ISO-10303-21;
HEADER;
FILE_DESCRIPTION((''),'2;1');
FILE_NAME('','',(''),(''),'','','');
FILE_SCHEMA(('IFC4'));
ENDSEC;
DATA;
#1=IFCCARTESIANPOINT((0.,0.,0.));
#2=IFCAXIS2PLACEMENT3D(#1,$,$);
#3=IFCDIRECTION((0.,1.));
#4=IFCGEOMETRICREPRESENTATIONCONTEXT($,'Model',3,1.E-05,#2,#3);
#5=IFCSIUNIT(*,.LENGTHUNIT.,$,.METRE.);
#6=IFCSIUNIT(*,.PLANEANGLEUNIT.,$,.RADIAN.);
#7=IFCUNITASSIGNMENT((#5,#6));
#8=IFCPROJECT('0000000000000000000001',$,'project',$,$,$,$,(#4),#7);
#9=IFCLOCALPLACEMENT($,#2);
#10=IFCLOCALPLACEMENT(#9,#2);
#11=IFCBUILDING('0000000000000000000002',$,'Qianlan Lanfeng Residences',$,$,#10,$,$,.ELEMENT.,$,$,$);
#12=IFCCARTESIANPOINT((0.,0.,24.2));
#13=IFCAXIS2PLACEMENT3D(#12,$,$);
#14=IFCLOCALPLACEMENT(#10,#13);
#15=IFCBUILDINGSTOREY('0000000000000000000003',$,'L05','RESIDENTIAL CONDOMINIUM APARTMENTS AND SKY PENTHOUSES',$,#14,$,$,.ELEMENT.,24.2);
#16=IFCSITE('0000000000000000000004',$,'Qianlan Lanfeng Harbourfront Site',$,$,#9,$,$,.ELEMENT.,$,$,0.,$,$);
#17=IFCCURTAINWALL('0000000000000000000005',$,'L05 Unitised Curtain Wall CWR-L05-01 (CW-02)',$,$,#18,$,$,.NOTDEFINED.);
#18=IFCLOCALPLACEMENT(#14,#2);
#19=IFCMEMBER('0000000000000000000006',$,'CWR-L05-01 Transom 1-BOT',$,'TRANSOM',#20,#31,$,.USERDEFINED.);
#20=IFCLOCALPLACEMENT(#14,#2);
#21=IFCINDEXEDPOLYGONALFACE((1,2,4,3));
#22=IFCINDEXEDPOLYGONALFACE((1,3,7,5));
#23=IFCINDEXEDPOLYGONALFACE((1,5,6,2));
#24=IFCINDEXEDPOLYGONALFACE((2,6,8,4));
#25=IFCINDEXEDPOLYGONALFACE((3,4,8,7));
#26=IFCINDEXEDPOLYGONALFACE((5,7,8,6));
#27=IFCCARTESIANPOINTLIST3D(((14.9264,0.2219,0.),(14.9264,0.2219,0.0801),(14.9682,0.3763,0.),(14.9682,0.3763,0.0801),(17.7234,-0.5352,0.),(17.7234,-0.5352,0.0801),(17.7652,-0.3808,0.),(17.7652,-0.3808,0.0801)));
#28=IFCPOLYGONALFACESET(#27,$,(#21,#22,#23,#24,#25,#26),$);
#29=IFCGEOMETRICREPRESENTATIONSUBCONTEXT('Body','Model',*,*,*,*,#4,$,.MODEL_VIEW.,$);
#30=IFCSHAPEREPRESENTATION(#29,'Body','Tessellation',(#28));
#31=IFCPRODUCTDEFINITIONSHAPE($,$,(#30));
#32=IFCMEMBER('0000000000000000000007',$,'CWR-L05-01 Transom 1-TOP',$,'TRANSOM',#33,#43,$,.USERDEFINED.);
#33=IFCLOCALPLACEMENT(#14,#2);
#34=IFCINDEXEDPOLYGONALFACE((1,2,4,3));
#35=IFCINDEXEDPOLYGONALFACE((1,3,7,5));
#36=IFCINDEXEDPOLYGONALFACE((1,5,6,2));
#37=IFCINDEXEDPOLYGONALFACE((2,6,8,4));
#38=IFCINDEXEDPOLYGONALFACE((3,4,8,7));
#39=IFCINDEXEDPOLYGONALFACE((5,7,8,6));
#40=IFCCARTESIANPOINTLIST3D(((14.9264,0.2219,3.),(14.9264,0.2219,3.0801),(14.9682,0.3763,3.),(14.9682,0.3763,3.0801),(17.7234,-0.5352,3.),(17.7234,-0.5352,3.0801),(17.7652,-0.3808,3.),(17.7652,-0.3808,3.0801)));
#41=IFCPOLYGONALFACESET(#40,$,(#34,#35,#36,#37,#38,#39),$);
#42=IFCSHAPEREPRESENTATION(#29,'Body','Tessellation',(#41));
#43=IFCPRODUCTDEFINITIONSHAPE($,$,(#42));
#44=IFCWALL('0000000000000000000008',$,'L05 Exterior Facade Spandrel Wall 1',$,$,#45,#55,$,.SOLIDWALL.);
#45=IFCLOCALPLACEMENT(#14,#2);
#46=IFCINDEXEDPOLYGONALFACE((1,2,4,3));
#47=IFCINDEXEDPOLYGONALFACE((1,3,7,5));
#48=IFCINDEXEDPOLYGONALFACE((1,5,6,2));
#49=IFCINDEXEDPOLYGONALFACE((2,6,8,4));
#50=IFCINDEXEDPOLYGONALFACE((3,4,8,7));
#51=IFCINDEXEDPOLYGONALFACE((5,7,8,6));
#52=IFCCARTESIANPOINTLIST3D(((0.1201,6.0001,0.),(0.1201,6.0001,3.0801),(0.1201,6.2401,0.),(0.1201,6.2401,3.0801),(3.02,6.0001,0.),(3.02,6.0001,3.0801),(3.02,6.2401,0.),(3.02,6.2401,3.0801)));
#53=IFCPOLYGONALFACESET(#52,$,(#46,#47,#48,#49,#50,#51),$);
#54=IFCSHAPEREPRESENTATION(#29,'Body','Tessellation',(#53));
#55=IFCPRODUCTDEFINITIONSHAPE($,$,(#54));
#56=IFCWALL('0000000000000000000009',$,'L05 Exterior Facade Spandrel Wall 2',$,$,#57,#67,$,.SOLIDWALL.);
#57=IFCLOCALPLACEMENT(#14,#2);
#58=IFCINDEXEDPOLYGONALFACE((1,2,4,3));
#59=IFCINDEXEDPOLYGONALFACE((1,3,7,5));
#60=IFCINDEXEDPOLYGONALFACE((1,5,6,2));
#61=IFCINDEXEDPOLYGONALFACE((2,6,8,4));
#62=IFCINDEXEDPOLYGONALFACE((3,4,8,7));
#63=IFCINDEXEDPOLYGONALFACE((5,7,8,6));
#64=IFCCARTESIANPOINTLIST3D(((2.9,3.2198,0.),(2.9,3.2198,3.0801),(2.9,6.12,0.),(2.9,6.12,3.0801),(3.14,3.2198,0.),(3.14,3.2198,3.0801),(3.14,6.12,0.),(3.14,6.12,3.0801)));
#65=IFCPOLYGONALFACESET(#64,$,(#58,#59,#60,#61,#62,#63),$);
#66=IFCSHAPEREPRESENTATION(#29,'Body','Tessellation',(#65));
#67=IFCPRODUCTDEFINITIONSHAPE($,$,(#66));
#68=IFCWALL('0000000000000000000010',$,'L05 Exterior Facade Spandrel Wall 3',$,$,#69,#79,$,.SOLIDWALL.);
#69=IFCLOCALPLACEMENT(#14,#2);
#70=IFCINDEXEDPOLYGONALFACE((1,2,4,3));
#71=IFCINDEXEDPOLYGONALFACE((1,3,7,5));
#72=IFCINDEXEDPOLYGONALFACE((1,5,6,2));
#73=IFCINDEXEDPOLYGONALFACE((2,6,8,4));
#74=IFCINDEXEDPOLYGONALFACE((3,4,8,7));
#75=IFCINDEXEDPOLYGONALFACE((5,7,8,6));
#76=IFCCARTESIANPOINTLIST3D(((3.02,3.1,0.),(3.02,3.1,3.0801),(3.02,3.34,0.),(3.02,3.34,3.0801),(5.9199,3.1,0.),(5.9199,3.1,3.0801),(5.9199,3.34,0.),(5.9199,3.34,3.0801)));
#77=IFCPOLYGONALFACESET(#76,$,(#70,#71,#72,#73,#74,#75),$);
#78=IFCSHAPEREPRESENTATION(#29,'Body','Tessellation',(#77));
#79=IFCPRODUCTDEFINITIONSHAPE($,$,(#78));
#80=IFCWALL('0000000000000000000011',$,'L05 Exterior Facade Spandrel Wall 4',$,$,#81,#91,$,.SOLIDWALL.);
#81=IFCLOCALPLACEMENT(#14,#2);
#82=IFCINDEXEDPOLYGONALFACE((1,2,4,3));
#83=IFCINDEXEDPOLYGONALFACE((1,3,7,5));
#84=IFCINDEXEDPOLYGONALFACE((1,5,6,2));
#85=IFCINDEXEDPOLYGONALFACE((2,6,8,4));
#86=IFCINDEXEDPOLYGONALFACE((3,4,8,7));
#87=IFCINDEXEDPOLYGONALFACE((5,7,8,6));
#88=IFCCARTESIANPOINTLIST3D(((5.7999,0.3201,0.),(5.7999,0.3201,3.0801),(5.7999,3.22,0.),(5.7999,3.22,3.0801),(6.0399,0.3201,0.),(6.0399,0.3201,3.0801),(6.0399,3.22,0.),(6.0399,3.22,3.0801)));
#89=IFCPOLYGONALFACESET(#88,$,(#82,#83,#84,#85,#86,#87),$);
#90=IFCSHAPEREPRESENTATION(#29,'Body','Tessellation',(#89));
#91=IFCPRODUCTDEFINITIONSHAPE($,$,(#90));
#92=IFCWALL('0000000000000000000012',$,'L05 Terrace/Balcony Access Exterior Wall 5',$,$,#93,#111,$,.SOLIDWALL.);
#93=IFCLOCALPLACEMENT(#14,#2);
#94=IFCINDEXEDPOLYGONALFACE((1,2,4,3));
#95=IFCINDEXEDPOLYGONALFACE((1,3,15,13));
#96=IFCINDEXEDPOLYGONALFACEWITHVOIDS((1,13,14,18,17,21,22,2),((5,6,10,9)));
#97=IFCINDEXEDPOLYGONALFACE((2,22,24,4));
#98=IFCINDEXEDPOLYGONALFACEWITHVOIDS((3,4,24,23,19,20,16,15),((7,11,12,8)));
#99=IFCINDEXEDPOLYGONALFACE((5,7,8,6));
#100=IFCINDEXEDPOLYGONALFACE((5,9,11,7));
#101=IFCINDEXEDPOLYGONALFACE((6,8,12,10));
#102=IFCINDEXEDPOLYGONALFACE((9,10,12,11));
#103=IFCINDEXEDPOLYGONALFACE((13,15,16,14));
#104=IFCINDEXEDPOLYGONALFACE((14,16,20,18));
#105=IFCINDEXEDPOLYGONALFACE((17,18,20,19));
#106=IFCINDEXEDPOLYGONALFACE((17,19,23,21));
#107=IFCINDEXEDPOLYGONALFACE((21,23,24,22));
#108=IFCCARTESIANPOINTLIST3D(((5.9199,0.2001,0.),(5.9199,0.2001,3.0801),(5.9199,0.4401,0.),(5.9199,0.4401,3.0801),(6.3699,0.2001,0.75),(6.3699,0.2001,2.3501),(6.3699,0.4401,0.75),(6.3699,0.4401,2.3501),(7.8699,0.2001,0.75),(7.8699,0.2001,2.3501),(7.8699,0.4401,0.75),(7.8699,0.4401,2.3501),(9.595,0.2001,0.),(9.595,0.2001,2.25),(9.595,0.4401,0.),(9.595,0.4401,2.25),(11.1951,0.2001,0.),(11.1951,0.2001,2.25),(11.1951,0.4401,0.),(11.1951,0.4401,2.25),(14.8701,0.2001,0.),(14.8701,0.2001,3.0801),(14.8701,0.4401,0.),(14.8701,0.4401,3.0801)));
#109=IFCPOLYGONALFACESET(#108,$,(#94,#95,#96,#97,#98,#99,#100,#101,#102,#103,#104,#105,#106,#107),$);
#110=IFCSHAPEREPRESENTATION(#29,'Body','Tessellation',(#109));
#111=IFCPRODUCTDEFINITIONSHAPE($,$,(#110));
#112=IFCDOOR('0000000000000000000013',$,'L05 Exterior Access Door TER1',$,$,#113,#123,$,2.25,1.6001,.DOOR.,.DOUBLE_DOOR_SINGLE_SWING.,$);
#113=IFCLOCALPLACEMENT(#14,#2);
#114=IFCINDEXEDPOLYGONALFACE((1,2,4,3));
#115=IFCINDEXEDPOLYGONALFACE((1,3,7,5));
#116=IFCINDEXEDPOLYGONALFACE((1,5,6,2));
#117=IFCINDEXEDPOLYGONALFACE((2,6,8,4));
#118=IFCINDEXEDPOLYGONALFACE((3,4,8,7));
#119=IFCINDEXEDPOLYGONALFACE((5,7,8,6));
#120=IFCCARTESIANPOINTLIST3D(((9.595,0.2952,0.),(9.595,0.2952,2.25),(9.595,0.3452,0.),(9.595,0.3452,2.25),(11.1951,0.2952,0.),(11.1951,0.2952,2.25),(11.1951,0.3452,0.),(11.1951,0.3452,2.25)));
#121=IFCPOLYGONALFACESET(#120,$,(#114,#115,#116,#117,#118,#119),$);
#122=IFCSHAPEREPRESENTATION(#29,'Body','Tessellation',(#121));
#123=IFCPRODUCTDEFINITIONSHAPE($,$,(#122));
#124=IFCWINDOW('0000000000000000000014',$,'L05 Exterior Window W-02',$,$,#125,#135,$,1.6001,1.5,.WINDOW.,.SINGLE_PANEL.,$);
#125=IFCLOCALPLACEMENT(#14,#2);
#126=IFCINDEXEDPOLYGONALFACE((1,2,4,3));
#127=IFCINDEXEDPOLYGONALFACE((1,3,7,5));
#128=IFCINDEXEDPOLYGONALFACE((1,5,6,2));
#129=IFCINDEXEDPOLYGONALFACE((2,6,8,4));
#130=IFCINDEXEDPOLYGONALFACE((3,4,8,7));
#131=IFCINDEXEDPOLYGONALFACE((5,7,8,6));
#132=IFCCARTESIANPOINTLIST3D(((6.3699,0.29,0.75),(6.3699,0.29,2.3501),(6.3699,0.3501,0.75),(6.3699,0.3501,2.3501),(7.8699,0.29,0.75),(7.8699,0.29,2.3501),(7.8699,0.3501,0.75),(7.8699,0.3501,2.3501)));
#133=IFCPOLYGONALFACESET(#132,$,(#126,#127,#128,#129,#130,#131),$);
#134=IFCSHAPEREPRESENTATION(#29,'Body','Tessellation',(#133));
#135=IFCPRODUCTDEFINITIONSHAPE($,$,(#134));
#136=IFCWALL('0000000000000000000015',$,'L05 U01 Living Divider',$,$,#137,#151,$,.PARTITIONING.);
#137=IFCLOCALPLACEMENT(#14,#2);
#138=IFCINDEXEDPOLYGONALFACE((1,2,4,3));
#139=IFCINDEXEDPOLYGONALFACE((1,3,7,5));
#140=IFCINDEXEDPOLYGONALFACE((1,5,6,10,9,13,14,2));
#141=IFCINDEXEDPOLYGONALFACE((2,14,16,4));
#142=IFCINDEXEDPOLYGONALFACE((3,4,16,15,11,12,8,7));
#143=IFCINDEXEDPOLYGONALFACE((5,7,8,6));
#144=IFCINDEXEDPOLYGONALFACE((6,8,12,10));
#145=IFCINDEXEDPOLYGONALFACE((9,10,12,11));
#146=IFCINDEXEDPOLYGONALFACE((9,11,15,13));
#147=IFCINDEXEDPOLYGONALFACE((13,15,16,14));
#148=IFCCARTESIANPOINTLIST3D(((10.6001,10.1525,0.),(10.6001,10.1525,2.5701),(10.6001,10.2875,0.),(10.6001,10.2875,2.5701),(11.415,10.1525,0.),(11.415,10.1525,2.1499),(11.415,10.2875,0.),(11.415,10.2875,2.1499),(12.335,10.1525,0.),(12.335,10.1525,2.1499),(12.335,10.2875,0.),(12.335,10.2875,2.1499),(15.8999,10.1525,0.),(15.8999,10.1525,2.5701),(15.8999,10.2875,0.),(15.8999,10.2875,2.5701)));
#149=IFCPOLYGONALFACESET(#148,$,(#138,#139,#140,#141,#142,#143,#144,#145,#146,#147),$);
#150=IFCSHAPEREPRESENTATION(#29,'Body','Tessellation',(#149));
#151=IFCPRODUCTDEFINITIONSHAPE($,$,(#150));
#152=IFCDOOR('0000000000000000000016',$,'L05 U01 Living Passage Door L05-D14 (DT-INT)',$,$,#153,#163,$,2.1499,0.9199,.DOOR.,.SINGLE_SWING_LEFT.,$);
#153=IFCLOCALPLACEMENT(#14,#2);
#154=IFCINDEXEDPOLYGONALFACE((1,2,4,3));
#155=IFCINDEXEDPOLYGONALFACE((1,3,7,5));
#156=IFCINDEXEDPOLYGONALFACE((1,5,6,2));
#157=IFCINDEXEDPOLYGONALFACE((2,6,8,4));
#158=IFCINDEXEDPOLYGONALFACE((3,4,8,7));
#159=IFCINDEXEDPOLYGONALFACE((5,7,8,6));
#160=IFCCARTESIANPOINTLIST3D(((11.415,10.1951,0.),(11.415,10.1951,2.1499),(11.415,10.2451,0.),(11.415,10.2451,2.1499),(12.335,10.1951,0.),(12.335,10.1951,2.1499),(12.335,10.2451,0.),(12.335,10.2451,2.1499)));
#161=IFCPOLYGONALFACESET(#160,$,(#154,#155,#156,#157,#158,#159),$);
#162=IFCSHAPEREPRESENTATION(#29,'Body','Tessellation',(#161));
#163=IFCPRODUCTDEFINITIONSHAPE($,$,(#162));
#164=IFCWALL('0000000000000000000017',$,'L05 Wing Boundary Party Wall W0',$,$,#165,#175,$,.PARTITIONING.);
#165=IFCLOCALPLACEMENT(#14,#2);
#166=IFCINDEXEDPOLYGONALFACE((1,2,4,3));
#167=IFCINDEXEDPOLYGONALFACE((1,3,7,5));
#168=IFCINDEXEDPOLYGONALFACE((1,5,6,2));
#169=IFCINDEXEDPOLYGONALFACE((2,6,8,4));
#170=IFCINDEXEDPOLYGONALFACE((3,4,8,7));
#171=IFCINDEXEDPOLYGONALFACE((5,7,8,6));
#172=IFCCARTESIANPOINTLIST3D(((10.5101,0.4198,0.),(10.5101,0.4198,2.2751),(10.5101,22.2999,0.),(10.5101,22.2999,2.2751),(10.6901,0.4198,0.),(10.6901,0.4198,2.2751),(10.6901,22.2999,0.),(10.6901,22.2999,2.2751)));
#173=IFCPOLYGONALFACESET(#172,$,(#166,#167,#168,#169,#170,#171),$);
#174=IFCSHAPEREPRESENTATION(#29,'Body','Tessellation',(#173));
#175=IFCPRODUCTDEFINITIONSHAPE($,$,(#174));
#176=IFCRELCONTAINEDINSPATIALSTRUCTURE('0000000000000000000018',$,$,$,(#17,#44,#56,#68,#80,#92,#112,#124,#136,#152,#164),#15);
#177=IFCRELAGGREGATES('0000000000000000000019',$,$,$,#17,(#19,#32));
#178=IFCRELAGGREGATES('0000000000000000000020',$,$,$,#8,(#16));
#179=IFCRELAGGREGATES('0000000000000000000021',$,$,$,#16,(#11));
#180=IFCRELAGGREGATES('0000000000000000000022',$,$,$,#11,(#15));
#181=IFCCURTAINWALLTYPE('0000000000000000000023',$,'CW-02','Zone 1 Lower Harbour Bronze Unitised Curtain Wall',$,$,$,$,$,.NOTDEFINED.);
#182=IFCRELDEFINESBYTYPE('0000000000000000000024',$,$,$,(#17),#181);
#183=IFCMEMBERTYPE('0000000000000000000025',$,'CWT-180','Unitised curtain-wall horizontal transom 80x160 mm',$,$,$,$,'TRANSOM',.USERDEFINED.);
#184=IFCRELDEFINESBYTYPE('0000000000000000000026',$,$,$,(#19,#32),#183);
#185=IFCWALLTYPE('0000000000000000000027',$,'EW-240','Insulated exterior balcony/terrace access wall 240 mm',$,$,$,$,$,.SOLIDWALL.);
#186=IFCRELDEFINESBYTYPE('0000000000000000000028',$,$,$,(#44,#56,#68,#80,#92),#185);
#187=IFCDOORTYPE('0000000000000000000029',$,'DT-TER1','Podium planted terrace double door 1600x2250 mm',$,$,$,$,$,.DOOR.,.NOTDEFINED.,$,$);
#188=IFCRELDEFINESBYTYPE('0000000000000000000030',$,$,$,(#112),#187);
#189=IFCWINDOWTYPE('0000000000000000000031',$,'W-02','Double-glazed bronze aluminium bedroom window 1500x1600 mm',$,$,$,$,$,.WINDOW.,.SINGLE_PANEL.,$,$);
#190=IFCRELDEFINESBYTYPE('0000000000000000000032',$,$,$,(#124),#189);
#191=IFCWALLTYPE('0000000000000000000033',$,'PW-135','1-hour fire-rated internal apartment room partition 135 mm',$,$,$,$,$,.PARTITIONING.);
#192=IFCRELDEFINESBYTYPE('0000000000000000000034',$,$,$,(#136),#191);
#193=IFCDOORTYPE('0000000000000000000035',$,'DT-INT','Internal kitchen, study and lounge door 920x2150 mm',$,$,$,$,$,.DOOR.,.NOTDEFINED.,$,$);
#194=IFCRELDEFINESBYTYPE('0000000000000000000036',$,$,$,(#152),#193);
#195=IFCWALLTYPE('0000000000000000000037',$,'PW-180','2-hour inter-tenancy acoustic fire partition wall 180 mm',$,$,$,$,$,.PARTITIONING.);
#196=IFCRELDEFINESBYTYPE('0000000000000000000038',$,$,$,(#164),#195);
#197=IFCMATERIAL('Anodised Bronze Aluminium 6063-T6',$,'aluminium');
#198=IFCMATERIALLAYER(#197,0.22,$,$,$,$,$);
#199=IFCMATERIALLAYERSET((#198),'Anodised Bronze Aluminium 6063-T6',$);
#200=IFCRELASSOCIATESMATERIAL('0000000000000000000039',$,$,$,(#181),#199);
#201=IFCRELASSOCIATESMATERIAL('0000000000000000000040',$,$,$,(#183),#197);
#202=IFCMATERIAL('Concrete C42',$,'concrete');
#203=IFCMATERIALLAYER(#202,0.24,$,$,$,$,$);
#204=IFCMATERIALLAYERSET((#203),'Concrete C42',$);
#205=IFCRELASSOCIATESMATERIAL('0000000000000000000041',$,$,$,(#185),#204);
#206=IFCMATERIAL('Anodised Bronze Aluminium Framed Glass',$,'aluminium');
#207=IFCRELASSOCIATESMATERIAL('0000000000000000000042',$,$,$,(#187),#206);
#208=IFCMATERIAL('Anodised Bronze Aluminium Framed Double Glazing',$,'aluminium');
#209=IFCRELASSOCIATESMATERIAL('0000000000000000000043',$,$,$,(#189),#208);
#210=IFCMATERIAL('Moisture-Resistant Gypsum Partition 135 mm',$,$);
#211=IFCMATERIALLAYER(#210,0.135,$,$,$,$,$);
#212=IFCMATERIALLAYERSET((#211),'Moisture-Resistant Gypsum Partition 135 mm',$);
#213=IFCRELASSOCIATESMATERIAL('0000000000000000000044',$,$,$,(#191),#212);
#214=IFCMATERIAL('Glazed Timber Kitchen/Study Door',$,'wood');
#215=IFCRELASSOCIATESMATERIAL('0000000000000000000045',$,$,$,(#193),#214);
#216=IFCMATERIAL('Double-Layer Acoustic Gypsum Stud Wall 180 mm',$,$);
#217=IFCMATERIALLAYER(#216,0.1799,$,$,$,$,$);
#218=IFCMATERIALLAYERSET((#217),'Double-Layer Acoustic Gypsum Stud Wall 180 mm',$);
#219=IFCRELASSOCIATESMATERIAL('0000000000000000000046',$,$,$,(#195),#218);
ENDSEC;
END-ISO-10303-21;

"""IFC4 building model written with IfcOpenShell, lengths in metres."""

from ifc_helpers import new_model, si_unit, direction, frame, frame_2d, origin, origin_2d, place, context, subcontext, project, spatial, rectangle, extrude, source, transform, mapped, material, layer, layer_set, material_profile, profile_set, type_object, element, fill, aggregate, save


model = new_model("IFC4")

# Units and contexts
model_context = context("Model", 3, precision=1e-05, world=origin(), true_north=direction((0.0, 1.0)))
body_context = subcontext(model_context, "Body", "Model", "MODEL_VIEW")
ifc_project = project(units=[si_unit("LENGTHUNIT", "METRE"), si_unit("PLANEANGLEUNIT", "RADIAN")], contexts=[model_context])

# Site, building, storey
site_placement = place(None, origin())
site = spatial("IfcSite", under=ifc_project, at=site_placement, Name="Qianlan Lanfeng Harbourfront Site", CompositionType="ELEMENT", RefElevation=0.0)
building_placement = place(site_placement, origin())
building = spatial("IfcBuilding", under=site, at=building_placement, Name="Qianlan Lanfeng Residences", CompositionType="ELEMENT")
storey_placement = place(building_placement, frame((0.0, 0.0, 24.2)))
storey = spatial("IfcBuildingStorey", under=building, at=storey_placement, Name="L05", Description="RESIDENTIAL CONDOMINIUM APARTMENTS AND SKY PENTHOUSES", CompositionType="ELEMENT", Elevation=24.2)

# Curtain wall, members
ifc_material_1 = material(Name="Anodised Bronze Aluminium 6063-T6", Category="aluminium")
ifc_layer_1 = layer(ifc_material_1, 0.22)
ifc_layer_set_1 = layer_set([ifc_layer_1], Name="Anodised Bronze Aluminium 6063-T6")
curtain_wall_type = type_object("IfcCurtainWallType", Name="CW-02", Description="Zone 1 Lower Harbour Bronze Unitised Curtain Wall", PredefinedType="NOTDEFINED", material=ifc_layer_set_1)
curtain_wall_placement = place(storey_placement, origin())
curtain_wall = element("IfcCurtainWall", 1, at=curtain_wall_placement, inside=storey, type_object=curtain_wall_type, Name="L05 Unitised Curtain Wall CWR-L05-01 (CW-02)", PredefinedType="NOTDEFINED")
ifc_material_profile_1 = material_profile(ifc_material_1, rectangle(XDim=0.0801, YDim=0.1599, at=origin_2d()), Name="ALU TRANSOM 80x160")
ifc_profile_set_1 = profile_set([ifc_material_profile_1], Name="Anodised Bronze Aluminium 6063-T6")
member_type_1 = type_object("IfcMemberType", Name="CWT-180", Description="Unitised curtain-wall horizontal transom 80x160 mm", ElementType="TRANSOM", PredefinedType="USERDEFINED", material=ifc_profile_set_1)
shared_shape_1 = source(origin(), body_context, "Body", "SweptSolid", [
    extrude(rectangle(XDim=0.0801, YDim=0.1599, at=origin_2d()), origin(), (0.0, 0.0, 1.0), 2.8977),
])
member_1_placement = place(storey_placement, frame((14.9473, 0.2991, 0.04), z_axis=(0.965268, -0.261263, 0.0), x_axis=(0.0, 0.0, 1.0)))
member_1 = element("IfcMember", 2, at=member_1_placement, type_object=member_type_1, Name="CWR-L05-01 Transom 1-BOT", ObjectType="TRANSOM", PredefinedType="USERDEFINED", context=body_context, shape_type="MappedRepresentation", body=[
    mapped(shared_shape_1, transform((0.0, 0.0, 0.0), scale=1.0)),
])
member_2_placement = place(storey_placement, frame((14.9473, 0.2991, 3.04), z_axis=(0.965268, -0.261263, 0.0), x_axis=(0.0, 0.0, 1.0)))
member_2 = element("IfcMember", 3, at=member_2_placement, type_object=member_type_1, Name="CWR-L05-01 Transom 1-TOP", ObjectType="TRANSOM", PredefinedType="USERDEFINED", context=body_context, shape_type="MappedRepresentation", body=[
    mapped(shared_shape_1, transform((0.0, 0.0, 0.0), scale=1.0)),
])
aggregate(curtain_wall, [member_1, member_2])

# Walls
ifc_material_2 = material(Name="Concrete C42", Category="concrete")
ifc_layer_2 = layer(ifc_material_2, 0.24)
ifc_layer_set_2 = layer_set([ifc_layer_2], Name="Concrete C42")
wall_type_1 = type_object("IfcWallType", Name="EW-240", Description="Insulated exterior balcony/terrace access wall 240 mm", PredefinedType="SOLIDWALL", material=ifc_layer_set_2)
wall_1_placement = place(storey_placement, frame((0.1201, 6.1201, 0.0), z_axis=(0.0, 0.0, 1.0), x_axis=(1.0, 0.0, 0.0)))
element("IfcWall", 4, at=wall_1_placement, inside=storey, type_object=wall_type_1, Name="L05 Exterior Facade Spandrel Wall 1", PredefinedType="SOLIDWALL", context=body_context, shape_type="SweptSolid", body=[
    extrude(rectangle(XDim=2.8999, YDim=0.24, at=frame_2d((1.45, 0.0))), origin(), (0.0, 0.0, 1.0), 3.0801),
])
wall_2_placement = place(storey_placement, frame((3.02, 6.1201, 0.0), z_axis=(0.0, 0.0, 1.0), x_axis=(0.0, -1.0, 0.0)))
element("IfcWall", 5, at=wall_2_placement, inside=storey, type_object=wall_type_1, Name="L05 Exterior Facade Spandrel Wall 2", PredefinedType="SOLIDWALL", context=body_context, shape_type="SweptSolid", body=[
    extrude(rectangle(XDim=2.9001, YDim=0.24, at=frame_2d((1.4502, 0.0))), origin(), (0.0, 0.0, 1.0), 3.0801),
])
for number, where, z_axis, x_axis, name in (
    (6, (3.02, 3.22, 0.0), (0.0, 0.0, 1.0), (1.0, 0.0, 0.0), "L05 Exterior Facade Spandrel Wall 3"),
    (7, (5.9199, 3.22, 0.0), (0.0, 0.0, 1.0), (0.0, -1.0, 0.0), "L05 Exterior Facade Spandrel Wall 4"),
):
    element("IfcWall", number, at=place(storey_placement, frame(where, z_axis=z_axis, x_axis=x_axis)), inside=storey, type_object=wall_type_1, Name=name, PredefinedType="SOLIDWALL", context=body_context, shape_type="SweptSolid", body=[
        extrude(rectangle(XDim=2.8999, YDim=0.24, at=frame_2d((1.45, 0.0))), origin(), (0.0, 0.0, 1.0), 3.0801),
    ])

# Wall, openings, door, window
wall_3_placement = place(storey_placement, frame((5.9199, 0.3201, 0.0), z_axis=(0.0, 0.0, 1.0), x_axis=(1.0, 0.0, 0.0)))
wall_3 = element("IfcWall", 8, at=wall_3_placement, inside=storey, type_object=wall_type_1, Name="L05 Terrace/Balcony Access Exterior Wall 5", PredefinedType="SOLIDWALL", context=body_context, shape_type="SweptSolid", body=[
    extrude(rectangle(XDim=8.9502, YDim=0.24, at=frame_2d((4.4751, 0.0))), origin(), (0.0, 0.0, 1.0), 3.0801),
])
opening_1_placement = place(wall_3_placement, frame((3.675, 0.0, 0.0)))
opening_1 = element("IfcOpeningElement", 9, at=opening_1_placement, cuts=wall_3, PredefinedType="OPENING", context=body_context, shape_type="SweptSolid", body=[
    extrude(rectangle(XDim=1.6001, YDim=2.25, at=frame_2d((0.8, 1.125))), frame((0.0, 0.1299, 0.0), z_axis=(0.0, -1.0, 0.0), x_axis=(1.0, 0.0, 0.0)), (0.0, 0.0, 1.0), 0.26),
])
opening_2_placement = place(wall_3_placement, frame((0.45, 0.0, 0.75)))
opening_2 = element("IfcOpeningElement", 10, at=opening_2_placement, cuts=wall_3, PredefinedType="OPENING", context=body_context, shape_type="SweptSolid", body=[
    extrude(rectangle(XDim=1.5, YDim=1.6001, at=frame_2d((0.75, 0.8))), frame((0.0, 0.1299, 0.0), z_axis=(0.0, -1.0, 0.0), x_axis=(1.0, 0.0, 0.0)), (0.0, 0.0, 1.0), 0.26),
])
ifc_material_3 = material(Name="Anodised Bronze Aluminium Framed Glass", Category="aluminium")
door_type_1 = type_object("IfcDoorType", Name="DT-TER1", Description="Podium planted terrace double door 1600x2250 mm", OperationType="NOTDEFINED", PredefinedType="DOOR", material=ifc_material_3)
door_1_placement = place(opening_1_placement, frame((1.6001, 0.0, 0.0), z_axis=(0.0, 0.0, 1.0), x_axis=(-1.0, 0.0, 0.0)))
door_1 = element("IfcDoor", 11, at=door_1_placement, inside=storey, type_object=door_type_1, Name="L05 Exterior Access Door TER1", OperationType="DOUBLE_DOOR_SINGLE_SWING", OverallHeight=2.25, OverallWidth=1.6001, PredefinedType="DOOR", context=body_context, shape_type="SweptSolid", body=[
    extrude(rectangle(XDim=1.6001, YDim=2.25, at=frame_2d((0.8, 1.125))), frame((0.0, 0.0249, 0.0), z_axis=(0.0, -1.0, 0.0), x_axis=(1.0, 0.0, 0.0)), (0.0, 0.0, 1.0), 0.05),
])
fill(opening_1, door_1)
ifc_material_4 = material(Name="Anodised Bronze Aluminium Framed Double Glazing", Category="aluminium")
window_type = type_object("IfcWindowType", Name="W-02", Description="Double-glazed bronze aluminium bedroom window 1500x1600 mm", PartitioningType="SINGLE_PANEL", PredefinedType="WINDOW", material=ifc_material_4)
window_placement = place(opening_2_placement, origin())
window = element("IfcWindow", 12, at=window_placement, inside=storey, type_object=window_type, Name="L05 Exterior Window W-02", OverallHeight=1.6001, OverallWidth=1.5, PartitioningType="SINGLE_PANEL", PredefinedType="WINDOW", context=body_context, shape_type="SweptSolid", body=[
    extrude(rectangle(XDim=1.5, YDim=1.6001, at=frame_2d((0.75, 0.8))), frame((0.0, 0.03, 0.0), z_axis=(0.0, -1.0, 0.0), x_axis=(1.0, 0.0, 0.0)), (0.0, 0.0, 1.0), 0.0601),
])
fill(opening_2, window)

# Wall, opening, door
ifc_material_5 = material(Name="Moisture-Resistant Gypsum Partition 135 mm")
ifc_layer_3 = layer(ifc_material_5, 0.135)
ifc_layer_set_3 = layer_set([ifc_layer_3], Name="Moisture-Resistant Gypsum Partition 135 mm")
wall_type_2 = type_object("IfcWallType", Name="PW-135", Description="1-hour fire-rated internal apartment room partition 135 mm", PredefinedType="PARTITIONING", material=ifc_layer_set_3)
wall_4_placement = place(storey_placement, frame((10.6001, 10.22, 0.0), z_axis=(0.0, 0.0, 1.0), x_axis=(1.0, 0.0, 0.0)))
wall_4 = element("IfcWall", 13, at=wall_4_placement, inside=storey, type_object=wall_type_2, Name="L05 U01 Living Divider", PredefinedType="PARTITIONING", context=body_context, shape_type="SweptSolid", body=[
    extrude(rectangle(XDim=5.2998, YDim=0.135, at=frame_2d((2.6499, 0.0))), origin(), (0.0, 0.0, 1.0), 2.5701),
])
opening_3_placement = place(wall_4_placement, frame((0.8149, 0.0, 0.0)))
opening_3 = element("IfcOpeningElement", 14, at=opening_3_placement, cuts=wall_4, PredefinedType="OPENING", context=body_context, shape_type="SweptSolid", body=[
    extrude(rectangle(XDim=0.9199, YDim=2.1499, at=frame_2d((0.46, 1.075))), frame((0.0, 0.0776, 0.0), z_axis=(0.0, -1.0, 0.0), x_axis=(1.0, 0.0, 0.0)), (0.0, 0.0, 1.0), 0.155),
])
ifc_material_6 = material(Name="Glazed Timber Kitchen/Study Door", Category="wood")
door_type_2 = type_object("IfcDoorType", Name="DT-INT", Description="Internal kitchen, study and lounge door 920x2150 mm", OperationType="NOTDEFINED", PredefinedType="DOOR", material=ifc_material_6)
door_2_placement = place(opening_3_placement, frame((0.9199, 0.0, 0.0), z_axis=(0.0, 0.0, 1.0), x_axis=(-1.0, 0.0, 0.0)))
door_2 = element("IfcDoor", 15, at=door_2_placement, inside=storey, type_object=door_type_2, Name="L05 U01 Living Passage Door L05-D14 (DT-INT)", OperationType="SINGLE_SWING_LEFT", OverallHeight=2.1499, OverallWidth=0.9199, PredefinedType="DOOR", context=body_context, shape_type="SweptSolid", body=[
    extrude(rectangle(XDim=0.9199, YDim=2.1499, at=frame_2d((0.46, 1.075))), frame((0.0, 0.0249, 0.0), z_axis=(0.0, -1.0, 0.0), x_axis=(1.0, 0.0, 0.0)), (0.0, 0.0, 1.0), 0.05),
])
fill(opening_3, door_2)

# Wall
ifc_material_7 = material(Name="Double-Layer Acoustic Gypsum Stud Wall 180 mm")
ifc_layer_4 = layer(ifc_material_7, 0.1799)
ifc_layer_set_4 = layer_set([ifc_layer_4], Name="Double-Layer Acoustic Gypsum Stud Wall 180 mm")
wall_type_3 = type_object("IfcWallType", Name="PW-180", Description="2-hour inter-tenancy acoustic fire partition wall 180 mm", PredefinedType="PARTITIONING", material=ifc_layer_set_4)
wall_5_placement = place(storey_placement, frame((10.6001, 0.4199, 0.0), z_axis=(0.0, 0.0, 1.0), x_axis=(0.0, 1.0, 0.0)))
element("IfcWall", 16, at=wall_5_placement, inside=storey, type_object=wall_type_3, Name="L05 Wing Boundary Party Wall W0", PredefinedType="PARTITIONING", context=body_context, shape_type="SweptSolid", body=[
    extrude(rectangle(XDim=21.8801, YDim=0.1799, at=frame_2d((10.9399, 0.0))), origin(), (0.0, 0.0, 1.0), 2.2751),
])

save(model, "model.ifc")
